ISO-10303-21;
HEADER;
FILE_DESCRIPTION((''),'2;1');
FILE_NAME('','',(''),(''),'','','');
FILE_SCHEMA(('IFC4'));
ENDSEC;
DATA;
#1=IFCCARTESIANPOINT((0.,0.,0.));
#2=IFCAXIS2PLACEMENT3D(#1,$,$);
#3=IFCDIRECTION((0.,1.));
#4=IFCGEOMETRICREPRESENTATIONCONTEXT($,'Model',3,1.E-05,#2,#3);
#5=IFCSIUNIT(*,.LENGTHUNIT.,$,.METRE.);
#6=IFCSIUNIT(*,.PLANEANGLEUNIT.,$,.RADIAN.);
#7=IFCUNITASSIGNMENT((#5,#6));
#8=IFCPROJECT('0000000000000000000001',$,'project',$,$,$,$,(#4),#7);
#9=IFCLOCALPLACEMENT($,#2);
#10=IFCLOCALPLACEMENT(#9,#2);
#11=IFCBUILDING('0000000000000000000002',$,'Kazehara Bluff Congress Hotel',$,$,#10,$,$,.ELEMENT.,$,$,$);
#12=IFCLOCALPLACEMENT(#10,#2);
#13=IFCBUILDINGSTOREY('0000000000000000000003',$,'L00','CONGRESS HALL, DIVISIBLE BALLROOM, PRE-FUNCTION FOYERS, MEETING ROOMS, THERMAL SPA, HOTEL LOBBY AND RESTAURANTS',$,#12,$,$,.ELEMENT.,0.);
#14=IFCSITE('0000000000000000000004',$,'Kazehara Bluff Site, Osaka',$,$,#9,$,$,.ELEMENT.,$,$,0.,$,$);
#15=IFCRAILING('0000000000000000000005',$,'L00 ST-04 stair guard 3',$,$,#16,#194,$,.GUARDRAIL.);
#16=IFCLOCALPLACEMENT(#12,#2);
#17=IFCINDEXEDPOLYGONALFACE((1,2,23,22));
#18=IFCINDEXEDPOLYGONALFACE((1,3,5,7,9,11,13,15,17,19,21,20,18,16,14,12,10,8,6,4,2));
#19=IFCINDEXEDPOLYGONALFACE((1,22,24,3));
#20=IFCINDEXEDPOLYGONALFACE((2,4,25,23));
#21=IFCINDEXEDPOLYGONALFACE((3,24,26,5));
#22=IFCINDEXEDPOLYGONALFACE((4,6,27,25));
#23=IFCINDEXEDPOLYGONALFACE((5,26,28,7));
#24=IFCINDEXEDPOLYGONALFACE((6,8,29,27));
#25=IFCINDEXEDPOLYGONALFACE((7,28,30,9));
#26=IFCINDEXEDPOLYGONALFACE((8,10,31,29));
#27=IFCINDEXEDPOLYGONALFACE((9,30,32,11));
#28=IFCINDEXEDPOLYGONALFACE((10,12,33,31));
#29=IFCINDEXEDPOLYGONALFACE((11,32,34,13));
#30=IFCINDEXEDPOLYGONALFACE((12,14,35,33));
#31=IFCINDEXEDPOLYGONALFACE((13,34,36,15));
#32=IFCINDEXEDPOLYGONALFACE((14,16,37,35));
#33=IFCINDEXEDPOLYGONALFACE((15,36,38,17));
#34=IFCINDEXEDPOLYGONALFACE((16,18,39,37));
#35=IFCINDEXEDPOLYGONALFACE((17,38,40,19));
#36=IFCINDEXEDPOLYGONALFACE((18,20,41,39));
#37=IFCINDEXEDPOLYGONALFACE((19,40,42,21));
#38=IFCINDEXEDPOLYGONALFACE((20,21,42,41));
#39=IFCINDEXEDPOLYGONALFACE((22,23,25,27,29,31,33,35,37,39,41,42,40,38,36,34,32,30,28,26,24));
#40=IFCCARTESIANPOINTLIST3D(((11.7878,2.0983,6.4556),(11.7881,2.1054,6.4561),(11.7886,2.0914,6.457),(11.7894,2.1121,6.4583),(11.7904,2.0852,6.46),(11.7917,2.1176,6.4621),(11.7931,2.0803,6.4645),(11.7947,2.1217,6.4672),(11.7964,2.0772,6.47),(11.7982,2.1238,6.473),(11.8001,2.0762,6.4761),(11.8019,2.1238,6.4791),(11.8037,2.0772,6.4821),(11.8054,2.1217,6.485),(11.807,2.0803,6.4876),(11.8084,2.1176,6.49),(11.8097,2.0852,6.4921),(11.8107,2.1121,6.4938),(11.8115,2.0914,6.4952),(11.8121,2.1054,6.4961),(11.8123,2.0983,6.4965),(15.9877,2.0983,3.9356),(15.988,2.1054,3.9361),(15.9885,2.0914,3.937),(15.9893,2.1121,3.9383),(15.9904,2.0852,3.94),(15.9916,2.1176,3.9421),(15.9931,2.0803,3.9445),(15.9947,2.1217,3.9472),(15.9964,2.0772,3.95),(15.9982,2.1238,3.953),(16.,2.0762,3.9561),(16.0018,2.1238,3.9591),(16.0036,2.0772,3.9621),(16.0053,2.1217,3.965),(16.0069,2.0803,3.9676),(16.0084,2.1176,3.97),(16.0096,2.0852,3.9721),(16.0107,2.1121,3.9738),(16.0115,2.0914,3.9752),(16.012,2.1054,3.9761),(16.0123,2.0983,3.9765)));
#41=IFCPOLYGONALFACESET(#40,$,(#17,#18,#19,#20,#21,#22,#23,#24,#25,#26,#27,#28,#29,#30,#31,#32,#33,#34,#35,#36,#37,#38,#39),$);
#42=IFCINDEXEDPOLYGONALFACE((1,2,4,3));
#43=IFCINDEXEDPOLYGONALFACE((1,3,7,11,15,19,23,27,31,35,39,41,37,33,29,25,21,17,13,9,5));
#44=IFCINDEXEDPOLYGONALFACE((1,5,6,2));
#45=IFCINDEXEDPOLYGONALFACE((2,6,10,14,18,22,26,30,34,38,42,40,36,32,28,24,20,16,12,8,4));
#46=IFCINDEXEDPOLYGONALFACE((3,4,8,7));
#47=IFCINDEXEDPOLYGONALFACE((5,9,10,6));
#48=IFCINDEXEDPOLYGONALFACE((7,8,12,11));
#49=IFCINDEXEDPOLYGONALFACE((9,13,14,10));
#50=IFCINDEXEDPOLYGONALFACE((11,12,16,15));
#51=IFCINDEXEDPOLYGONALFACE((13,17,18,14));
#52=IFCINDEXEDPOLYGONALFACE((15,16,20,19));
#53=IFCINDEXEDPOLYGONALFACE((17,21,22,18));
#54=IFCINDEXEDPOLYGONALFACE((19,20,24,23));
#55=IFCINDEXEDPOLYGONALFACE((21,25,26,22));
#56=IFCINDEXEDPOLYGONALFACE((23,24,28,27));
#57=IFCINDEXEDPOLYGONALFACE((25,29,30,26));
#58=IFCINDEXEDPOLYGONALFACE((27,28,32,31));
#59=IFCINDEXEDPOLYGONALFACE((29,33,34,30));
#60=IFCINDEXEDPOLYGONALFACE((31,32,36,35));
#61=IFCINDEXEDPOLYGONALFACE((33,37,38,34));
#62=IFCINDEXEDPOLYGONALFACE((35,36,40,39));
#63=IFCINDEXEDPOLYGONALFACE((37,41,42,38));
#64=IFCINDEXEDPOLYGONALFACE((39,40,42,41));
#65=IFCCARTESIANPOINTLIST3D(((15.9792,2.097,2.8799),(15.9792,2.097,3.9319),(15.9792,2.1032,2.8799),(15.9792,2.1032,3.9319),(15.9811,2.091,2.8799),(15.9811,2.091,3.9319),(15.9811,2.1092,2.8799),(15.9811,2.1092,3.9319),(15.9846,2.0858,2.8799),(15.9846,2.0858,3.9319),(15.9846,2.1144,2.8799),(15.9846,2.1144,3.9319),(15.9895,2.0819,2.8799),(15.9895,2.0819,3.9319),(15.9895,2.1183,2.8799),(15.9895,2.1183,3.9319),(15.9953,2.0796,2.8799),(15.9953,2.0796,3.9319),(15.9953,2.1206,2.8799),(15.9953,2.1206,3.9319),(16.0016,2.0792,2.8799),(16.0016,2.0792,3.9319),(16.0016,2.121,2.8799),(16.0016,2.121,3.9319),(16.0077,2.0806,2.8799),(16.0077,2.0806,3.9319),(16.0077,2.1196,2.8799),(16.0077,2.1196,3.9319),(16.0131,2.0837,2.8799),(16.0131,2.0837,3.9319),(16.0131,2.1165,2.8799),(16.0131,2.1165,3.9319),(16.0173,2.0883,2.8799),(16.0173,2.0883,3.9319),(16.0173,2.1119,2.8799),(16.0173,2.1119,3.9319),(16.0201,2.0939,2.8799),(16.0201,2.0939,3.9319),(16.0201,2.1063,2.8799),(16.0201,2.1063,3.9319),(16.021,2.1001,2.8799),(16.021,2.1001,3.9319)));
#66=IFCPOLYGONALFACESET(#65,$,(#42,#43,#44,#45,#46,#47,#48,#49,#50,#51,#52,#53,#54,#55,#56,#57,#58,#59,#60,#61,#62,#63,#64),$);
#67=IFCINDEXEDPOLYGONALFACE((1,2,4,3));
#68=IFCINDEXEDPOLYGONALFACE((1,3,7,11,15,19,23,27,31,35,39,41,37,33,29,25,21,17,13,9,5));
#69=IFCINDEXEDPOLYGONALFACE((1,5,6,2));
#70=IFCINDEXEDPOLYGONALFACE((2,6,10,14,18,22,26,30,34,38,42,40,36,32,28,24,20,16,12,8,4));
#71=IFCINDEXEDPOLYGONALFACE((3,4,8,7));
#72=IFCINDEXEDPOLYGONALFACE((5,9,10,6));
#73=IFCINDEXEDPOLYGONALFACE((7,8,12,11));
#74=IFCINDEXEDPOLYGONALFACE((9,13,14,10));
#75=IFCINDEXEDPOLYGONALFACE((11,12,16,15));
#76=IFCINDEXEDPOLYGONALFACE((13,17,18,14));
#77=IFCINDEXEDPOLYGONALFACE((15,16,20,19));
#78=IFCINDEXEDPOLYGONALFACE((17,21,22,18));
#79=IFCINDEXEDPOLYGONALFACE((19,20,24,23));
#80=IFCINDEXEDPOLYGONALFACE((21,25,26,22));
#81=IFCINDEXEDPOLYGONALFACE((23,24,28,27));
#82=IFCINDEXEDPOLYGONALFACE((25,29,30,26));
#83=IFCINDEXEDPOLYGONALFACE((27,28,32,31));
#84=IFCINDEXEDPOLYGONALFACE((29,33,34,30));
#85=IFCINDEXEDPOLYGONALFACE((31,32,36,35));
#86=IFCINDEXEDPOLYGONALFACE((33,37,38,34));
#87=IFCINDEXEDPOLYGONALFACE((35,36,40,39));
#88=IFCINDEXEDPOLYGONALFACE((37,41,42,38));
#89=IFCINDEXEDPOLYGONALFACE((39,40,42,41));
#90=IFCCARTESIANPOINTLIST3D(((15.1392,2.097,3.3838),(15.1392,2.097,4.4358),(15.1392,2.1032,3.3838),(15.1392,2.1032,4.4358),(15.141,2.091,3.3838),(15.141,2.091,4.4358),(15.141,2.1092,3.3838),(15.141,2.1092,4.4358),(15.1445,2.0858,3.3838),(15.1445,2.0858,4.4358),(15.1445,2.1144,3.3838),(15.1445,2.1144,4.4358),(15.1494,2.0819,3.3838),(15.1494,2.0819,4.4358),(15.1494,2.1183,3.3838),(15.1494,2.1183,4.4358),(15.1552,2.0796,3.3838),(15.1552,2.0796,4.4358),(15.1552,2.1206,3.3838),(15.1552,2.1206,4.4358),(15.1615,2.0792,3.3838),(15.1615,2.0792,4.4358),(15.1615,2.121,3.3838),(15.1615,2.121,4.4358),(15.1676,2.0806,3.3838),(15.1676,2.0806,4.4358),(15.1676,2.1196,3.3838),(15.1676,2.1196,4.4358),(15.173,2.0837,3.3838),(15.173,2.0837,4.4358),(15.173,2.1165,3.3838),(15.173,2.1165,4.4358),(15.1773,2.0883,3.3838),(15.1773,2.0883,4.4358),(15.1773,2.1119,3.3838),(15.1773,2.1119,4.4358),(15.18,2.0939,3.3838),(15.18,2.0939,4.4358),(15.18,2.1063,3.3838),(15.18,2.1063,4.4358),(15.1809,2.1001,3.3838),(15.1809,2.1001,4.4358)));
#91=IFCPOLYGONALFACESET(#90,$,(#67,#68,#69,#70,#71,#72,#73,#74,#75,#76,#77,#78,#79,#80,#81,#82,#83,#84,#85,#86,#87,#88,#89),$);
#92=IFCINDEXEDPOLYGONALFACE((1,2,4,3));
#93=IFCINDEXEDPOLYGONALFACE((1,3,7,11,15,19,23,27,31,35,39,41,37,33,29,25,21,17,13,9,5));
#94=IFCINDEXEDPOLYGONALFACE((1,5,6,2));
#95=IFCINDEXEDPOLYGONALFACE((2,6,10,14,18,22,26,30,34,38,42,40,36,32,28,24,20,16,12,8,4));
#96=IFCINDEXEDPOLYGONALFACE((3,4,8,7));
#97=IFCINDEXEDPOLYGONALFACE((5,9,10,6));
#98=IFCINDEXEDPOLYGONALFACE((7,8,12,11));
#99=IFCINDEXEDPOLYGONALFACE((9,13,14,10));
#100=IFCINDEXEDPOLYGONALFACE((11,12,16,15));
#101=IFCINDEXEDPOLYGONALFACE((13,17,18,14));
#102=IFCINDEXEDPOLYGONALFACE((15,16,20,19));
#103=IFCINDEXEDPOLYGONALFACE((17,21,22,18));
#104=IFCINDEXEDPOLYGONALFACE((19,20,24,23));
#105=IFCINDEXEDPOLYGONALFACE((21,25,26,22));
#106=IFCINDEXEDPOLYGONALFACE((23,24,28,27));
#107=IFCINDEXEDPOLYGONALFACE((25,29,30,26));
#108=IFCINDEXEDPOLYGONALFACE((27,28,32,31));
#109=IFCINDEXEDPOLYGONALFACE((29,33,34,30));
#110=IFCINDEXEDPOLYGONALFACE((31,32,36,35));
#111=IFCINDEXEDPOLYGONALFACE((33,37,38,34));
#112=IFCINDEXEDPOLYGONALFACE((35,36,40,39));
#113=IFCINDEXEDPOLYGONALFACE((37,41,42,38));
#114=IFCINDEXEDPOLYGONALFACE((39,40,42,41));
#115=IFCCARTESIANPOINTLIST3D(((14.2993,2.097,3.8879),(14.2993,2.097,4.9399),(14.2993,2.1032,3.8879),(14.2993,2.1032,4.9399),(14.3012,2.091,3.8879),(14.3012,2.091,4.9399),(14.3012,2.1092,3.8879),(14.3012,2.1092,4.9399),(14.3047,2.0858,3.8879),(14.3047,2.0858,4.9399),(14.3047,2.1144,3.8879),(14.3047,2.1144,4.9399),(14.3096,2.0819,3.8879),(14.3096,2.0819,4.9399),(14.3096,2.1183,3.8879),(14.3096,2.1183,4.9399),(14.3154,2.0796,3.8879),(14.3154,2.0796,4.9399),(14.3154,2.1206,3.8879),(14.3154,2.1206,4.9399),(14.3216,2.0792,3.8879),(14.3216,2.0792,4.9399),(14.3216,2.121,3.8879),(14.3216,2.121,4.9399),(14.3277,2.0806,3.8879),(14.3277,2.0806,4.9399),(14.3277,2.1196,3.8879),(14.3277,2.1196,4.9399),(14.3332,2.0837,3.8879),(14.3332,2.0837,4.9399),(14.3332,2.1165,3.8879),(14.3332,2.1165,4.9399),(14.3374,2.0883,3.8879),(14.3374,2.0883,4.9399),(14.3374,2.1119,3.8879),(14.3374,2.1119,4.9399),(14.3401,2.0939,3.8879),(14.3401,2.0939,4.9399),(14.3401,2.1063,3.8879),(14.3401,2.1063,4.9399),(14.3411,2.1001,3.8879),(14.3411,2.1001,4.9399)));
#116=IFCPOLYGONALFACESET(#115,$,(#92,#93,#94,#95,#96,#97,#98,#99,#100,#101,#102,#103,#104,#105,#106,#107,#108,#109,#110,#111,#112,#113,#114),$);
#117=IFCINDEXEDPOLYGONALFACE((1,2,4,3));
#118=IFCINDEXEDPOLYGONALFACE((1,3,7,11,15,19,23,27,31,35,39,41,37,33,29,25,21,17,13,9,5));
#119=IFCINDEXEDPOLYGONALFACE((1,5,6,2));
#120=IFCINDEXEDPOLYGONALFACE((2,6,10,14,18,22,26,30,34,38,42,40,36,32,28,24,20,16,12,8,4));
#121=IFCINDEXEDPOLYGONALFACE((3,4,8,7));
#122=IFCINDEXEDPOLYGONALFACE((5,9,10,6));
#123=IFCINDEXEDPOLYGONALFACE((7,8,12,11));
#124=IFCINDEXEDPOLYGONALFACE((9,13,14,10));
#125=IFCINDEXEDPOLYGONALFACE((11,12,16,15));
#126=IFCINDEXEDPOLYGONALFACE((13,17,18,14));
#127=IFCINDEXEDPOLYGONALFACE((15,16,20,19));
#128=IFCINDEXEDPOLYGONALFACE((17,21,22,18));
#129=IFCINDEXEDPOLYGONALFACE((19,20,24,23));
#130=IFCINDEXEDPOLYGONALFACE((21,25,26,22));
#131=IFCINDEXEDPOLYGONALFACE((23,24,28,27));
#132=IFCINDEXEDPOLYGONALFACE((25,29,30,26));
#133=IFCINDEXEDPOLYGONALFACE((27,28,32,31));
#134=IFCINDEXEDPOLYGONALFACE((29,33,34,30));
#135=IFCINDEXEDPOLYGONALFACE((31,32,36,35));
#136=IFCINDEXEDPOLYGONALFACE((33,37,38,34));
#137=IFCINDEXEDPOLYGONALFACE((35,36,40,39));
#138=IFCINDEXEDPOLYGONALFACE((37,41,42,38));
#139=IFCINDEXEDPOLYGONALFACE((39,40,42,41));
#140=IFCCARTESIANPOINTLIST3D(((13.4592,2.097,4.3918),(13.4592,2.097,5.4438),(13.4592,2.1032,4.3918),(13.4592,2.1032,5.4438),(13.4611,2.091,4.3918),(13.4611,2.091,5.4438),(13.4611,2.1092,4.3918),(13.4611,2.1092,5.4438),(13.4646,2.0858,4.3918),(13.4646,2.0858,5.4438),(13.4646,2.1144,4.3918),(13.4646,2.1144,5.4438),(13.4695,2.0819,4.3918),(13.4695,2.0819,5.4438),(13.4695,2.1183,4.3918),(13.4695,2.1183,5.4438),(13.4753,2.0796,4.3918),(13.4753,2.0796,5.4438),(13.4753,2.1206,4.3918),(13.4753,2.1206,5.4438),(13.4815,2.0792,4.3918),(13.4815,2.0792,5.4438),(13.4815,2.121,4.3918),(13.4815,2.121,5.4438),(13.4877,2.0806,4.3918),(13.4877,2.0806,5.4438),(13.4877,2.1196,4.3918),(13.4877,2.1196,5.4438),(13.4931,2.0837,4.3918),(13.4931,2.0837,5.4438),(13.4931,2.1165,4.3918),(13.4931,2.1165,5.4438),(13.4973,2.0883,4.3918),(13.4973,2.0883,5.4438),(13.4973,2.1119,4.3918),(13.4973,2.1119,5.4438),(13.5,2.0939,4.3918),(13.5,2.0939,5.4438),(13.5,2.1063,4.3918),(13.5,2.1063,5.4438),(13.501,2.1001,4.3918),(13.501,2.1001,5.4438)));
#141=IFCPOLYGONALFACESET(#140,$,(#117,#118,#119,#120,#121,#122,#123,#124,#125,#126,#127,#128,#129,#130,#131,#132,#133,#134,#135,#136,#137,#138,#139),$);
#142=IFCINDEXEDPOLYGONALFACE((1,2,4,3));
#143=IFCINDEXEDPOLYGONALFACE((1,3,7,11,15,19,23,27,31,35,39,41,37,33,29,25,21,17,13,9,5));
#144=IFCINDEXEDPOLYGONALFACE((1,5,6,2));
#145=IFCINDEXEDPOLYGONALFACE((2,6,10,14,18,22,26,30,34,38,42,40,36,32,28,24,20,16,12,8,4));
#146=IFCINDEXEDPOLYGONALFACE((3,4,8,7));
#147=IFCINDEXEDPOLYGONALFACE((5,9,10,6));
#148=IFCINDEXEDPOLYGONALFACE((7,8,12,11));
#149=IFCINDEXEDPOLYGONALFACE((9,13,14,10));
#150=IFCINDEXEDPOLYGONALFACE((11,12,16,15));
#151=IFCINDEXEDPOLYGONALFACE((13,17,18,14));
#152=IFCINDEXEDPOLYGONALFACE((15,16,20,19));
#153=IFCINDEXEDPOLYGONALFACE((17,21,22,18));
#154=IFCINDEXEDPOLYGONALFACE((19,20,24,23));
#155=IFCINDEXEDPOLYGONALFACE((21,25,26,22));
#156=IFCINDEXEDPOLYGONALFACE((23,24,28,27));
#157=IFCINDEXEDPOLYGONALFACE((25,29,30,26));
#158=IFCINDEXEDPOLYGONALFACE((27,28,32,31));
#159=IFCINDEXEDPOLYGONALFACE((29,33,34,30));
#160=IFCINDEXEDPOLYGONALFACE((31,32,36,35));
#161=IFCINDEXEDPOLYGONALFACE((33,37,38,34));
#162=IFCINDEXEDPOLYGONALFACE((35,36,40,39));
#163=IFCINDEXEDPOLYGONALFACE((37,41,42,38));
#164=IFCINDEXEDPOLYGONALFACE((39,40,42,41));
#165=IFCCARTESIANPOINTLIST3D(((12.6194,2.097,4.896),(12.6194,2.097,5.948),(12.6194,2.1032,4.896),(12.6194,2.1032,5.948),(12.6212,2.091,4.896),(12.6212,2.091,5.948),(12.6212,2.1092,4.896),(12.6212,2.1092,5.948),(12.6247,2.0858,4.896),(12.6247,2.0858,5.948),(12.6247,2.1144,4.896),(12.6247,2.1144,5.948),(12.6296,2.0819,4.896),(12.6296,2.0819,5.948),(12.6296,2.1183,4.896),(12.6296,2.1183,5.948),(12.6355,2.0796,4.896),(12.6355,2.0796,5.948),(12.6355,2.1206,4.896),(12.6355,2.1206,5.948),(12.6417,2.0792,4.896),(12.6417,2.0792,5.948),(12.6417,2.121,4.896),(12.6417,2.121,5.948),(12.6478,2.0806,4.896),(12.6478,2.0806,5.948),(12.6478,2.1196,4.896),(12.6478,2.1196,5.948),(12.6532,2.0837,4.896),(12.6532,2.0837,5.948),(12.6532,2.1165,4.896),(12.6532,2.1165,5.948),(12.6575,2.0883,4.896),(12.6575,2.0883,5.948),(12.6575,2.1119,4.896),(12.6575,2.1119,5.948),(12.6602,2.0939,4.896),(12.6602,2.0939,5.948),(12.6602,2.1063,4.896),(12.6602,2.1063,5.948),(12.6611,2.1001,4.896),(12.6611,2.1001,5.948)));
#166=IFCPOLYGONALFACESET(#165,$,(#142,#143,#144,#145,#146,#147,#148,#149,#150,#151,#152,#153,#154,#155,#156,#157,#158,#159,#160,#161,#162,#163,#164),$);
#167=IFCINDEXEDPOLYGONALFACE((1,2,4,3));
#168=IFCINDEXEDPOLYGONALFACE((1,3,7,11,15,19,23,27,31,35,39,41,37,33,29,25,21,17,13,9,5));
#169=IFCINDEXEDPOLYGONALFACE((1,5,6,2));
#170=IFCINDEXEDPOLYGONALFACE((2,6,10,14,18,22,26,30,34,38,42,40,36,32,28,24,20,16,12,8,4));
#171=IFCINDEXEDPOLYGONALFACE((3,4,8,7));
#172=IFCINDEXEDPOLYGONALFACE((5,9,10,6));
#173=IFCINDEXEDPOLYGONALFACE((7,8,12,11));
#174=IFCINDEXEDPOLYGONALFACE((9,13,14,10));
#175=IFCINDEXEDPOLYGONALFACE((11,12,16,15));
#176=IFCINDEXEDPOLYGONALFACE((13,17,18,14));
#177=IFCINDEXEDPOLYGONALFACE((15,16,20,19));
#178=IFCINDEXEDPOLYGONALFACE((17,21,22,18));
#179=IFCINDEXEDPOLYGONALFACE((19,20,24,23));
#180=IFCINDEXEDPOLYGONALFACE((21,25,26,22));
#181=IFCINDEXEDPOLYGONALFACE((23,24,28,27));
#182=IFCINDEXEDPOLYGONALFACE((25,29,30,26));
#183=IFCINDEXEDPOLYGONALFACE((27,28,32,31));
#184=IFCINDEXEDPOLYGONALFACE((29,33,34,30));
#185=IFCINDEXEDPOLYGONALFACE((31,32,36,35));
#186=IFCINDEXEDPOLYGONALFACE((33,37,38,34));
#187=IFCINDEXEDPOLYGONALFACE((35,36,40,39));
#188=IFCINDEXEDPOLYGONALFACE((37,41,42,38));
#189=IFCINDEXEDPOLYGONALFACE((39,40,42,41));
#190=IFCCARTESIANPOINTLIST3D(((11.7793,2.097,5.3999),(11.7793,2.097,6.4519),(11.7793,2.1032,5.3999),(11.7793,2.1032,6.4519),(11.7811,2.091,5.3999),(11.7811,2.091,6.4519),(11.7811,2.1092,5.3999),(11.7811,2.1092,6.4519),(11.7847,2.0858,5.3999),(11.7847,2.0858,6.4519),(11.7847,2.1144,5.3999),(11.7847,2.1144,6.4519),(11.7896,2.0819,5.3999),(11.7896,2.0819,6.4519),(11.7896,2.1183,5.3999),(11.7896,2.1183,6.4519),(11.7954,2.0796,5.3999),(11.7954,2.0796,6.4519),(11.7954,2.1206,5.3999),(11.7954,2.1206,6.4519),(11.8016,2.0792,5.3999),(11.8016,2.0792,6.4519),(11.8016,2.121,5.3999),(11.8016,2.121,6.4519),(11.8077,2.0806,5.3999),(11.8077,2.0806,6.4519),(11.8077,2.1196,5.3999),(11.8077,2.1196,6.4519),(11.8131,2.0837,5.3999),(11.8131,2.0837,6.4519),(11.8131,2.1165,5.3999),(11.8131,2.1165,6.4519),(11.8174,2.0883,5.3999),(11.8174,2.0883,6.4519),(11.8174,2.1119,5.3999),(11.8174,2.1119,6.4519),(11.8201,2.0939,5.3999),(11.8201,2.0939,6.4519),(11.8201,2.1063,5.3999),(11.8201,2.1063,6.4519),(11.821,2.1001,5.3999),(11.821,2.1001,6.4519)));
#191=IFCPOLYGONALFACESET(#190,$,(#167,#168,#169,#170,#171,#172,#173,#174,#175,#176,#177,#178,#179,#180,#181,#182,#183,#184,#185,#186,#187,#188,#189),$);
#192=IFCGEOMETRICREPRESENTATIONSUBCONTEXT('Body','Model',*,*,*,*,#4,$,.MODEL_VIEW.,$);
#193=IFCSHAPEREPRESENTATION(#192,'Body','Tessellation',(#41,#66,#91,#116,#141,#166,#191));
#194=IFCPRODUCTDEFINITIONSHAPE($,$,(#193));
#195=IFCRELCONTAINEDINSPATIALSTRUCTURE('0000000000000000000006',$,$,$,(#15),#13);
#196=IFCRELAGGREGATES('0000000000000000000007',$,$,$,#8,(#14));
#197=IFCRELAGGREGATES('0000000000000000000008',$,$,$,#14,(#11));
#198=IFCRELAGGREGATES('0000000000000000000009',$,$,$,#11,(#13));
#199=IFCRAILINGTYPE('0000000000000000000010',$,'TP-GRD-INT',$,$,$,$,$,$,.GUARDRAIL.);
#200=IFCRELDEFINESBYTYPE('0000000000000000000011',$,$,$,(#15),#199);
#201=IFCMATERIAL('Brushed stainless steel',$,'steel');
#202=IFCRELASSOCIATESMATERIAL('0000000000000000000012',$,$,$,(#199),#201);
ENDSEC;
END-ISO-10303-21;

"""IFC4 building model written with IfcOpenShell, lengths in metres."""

from ifc_helpers import new_model, si_unit, direction, frame, origin, origin_2d, place, context, subcontext, project, spatial, circle, extrude, material, type_object, element, save


model = new_model("IFC4")

# Units and contexts
model_context = context("Model", 3, precision=1e-05, world=origin(), true_north=direction((0.0, 1.0)))
body_context = subcontext(model_context, "Body", "Model", "MODEL_VIEW")
ifc_project = project(units=[si_unit("LENGTHUNIT", "METRE"), si_unit("PLANEANGLEUNIT", "RADIAN")], contexts=[model_context])

# Site, building, storey
site_placement = place(None, origin())
site = spatial("IfcSite", under=ifc_project, at=site_placement, Name="Kazehara Bluff Site, Osaka", CompositionType="ELEMENT", RefElevation=0.0)
building_placement = place(site_placement, origin())
building = spatial("IfcBuilding", under=site, at=building_placement, Name="Kazehara Bluff Congress Hotel", CompositionType="ELEMENT")
storey_placement = place(building_placement, origin())
storey = spatial("IfcBuildingStorey", under=building, at=storey_placement, Name="L00", Description="CONGRESS HALL, DIVISIBLE BALLROOM, PRE-FUNCTION FOYERS, MEETING ROOMS, THERMAL SPA, HOTEL LOBBY AND RESTAURANTS", CompositionType="ELEMENT", Elevation=0.0)

# Railing
ifc_material_1 = material(Name="Brushed stainless steel", Category="steel")
railing_type_1 = type_object("IfcRailingType", Name="TP-GRD-INT", PredefinedType="GUARDRAIL", material=ifc_material_1)
railing_1_placement = place(storey_placement, frame((16.0, 2.1001, 2.8799)))
element("IfcRailing", 1, at=railing_1_placement, inside=storey, type_object=railing_type_1, Name="L00 ST-04 stair guard 3", PredefinedType="GUARDRAIL", context=body_context, shape_type="SweptSolid", body=[
    extrude(circle(Radius=0.0239, at=origin_2d()), frame((0.0, 0.0, 1.0762), z_axis=(-0.857489, 0.0, 0.514503), x_axis=(0.0, -1.0, 0.0)), (0.0, 0.0, 1.0), 4.8979),
    extrude(circle(Radius=0.021, at=origin_2d()), origin(), (0.0, 0.0, 1.0), 1.052),
    extrude(circle(Radius=0.021, at=origin_2d()), frame((-0.8401, 0.0, 0.5039)), (0.0, 0.0, 1.0), 1.052),
    extrude(circle(Radius=0.021, at=origin_2d()), frame((-1.6799, 0.0, 1.0081)), (0.0, 0.0, 1.0), 1.052),
    extrude(circle(Radius=0.021, at=origin_2d()), frame((-2.52, 0.0, 1.512)), (0.0, 0.0, 1.0), 1.052),
    extrude(circle(Radius=0.021, at=origin_2d()), frame((-3.3599, 0.0, 2.0161)), (0.0, 0.0, 1.0), 1.052),
    extrude(circle(Radius=0.021, at=origin_2d()), frame((-4.2, 0.0, 2.52)), (0.0, 0.0, 1.0), 1.052),
])

save(model, "model.ifc")
